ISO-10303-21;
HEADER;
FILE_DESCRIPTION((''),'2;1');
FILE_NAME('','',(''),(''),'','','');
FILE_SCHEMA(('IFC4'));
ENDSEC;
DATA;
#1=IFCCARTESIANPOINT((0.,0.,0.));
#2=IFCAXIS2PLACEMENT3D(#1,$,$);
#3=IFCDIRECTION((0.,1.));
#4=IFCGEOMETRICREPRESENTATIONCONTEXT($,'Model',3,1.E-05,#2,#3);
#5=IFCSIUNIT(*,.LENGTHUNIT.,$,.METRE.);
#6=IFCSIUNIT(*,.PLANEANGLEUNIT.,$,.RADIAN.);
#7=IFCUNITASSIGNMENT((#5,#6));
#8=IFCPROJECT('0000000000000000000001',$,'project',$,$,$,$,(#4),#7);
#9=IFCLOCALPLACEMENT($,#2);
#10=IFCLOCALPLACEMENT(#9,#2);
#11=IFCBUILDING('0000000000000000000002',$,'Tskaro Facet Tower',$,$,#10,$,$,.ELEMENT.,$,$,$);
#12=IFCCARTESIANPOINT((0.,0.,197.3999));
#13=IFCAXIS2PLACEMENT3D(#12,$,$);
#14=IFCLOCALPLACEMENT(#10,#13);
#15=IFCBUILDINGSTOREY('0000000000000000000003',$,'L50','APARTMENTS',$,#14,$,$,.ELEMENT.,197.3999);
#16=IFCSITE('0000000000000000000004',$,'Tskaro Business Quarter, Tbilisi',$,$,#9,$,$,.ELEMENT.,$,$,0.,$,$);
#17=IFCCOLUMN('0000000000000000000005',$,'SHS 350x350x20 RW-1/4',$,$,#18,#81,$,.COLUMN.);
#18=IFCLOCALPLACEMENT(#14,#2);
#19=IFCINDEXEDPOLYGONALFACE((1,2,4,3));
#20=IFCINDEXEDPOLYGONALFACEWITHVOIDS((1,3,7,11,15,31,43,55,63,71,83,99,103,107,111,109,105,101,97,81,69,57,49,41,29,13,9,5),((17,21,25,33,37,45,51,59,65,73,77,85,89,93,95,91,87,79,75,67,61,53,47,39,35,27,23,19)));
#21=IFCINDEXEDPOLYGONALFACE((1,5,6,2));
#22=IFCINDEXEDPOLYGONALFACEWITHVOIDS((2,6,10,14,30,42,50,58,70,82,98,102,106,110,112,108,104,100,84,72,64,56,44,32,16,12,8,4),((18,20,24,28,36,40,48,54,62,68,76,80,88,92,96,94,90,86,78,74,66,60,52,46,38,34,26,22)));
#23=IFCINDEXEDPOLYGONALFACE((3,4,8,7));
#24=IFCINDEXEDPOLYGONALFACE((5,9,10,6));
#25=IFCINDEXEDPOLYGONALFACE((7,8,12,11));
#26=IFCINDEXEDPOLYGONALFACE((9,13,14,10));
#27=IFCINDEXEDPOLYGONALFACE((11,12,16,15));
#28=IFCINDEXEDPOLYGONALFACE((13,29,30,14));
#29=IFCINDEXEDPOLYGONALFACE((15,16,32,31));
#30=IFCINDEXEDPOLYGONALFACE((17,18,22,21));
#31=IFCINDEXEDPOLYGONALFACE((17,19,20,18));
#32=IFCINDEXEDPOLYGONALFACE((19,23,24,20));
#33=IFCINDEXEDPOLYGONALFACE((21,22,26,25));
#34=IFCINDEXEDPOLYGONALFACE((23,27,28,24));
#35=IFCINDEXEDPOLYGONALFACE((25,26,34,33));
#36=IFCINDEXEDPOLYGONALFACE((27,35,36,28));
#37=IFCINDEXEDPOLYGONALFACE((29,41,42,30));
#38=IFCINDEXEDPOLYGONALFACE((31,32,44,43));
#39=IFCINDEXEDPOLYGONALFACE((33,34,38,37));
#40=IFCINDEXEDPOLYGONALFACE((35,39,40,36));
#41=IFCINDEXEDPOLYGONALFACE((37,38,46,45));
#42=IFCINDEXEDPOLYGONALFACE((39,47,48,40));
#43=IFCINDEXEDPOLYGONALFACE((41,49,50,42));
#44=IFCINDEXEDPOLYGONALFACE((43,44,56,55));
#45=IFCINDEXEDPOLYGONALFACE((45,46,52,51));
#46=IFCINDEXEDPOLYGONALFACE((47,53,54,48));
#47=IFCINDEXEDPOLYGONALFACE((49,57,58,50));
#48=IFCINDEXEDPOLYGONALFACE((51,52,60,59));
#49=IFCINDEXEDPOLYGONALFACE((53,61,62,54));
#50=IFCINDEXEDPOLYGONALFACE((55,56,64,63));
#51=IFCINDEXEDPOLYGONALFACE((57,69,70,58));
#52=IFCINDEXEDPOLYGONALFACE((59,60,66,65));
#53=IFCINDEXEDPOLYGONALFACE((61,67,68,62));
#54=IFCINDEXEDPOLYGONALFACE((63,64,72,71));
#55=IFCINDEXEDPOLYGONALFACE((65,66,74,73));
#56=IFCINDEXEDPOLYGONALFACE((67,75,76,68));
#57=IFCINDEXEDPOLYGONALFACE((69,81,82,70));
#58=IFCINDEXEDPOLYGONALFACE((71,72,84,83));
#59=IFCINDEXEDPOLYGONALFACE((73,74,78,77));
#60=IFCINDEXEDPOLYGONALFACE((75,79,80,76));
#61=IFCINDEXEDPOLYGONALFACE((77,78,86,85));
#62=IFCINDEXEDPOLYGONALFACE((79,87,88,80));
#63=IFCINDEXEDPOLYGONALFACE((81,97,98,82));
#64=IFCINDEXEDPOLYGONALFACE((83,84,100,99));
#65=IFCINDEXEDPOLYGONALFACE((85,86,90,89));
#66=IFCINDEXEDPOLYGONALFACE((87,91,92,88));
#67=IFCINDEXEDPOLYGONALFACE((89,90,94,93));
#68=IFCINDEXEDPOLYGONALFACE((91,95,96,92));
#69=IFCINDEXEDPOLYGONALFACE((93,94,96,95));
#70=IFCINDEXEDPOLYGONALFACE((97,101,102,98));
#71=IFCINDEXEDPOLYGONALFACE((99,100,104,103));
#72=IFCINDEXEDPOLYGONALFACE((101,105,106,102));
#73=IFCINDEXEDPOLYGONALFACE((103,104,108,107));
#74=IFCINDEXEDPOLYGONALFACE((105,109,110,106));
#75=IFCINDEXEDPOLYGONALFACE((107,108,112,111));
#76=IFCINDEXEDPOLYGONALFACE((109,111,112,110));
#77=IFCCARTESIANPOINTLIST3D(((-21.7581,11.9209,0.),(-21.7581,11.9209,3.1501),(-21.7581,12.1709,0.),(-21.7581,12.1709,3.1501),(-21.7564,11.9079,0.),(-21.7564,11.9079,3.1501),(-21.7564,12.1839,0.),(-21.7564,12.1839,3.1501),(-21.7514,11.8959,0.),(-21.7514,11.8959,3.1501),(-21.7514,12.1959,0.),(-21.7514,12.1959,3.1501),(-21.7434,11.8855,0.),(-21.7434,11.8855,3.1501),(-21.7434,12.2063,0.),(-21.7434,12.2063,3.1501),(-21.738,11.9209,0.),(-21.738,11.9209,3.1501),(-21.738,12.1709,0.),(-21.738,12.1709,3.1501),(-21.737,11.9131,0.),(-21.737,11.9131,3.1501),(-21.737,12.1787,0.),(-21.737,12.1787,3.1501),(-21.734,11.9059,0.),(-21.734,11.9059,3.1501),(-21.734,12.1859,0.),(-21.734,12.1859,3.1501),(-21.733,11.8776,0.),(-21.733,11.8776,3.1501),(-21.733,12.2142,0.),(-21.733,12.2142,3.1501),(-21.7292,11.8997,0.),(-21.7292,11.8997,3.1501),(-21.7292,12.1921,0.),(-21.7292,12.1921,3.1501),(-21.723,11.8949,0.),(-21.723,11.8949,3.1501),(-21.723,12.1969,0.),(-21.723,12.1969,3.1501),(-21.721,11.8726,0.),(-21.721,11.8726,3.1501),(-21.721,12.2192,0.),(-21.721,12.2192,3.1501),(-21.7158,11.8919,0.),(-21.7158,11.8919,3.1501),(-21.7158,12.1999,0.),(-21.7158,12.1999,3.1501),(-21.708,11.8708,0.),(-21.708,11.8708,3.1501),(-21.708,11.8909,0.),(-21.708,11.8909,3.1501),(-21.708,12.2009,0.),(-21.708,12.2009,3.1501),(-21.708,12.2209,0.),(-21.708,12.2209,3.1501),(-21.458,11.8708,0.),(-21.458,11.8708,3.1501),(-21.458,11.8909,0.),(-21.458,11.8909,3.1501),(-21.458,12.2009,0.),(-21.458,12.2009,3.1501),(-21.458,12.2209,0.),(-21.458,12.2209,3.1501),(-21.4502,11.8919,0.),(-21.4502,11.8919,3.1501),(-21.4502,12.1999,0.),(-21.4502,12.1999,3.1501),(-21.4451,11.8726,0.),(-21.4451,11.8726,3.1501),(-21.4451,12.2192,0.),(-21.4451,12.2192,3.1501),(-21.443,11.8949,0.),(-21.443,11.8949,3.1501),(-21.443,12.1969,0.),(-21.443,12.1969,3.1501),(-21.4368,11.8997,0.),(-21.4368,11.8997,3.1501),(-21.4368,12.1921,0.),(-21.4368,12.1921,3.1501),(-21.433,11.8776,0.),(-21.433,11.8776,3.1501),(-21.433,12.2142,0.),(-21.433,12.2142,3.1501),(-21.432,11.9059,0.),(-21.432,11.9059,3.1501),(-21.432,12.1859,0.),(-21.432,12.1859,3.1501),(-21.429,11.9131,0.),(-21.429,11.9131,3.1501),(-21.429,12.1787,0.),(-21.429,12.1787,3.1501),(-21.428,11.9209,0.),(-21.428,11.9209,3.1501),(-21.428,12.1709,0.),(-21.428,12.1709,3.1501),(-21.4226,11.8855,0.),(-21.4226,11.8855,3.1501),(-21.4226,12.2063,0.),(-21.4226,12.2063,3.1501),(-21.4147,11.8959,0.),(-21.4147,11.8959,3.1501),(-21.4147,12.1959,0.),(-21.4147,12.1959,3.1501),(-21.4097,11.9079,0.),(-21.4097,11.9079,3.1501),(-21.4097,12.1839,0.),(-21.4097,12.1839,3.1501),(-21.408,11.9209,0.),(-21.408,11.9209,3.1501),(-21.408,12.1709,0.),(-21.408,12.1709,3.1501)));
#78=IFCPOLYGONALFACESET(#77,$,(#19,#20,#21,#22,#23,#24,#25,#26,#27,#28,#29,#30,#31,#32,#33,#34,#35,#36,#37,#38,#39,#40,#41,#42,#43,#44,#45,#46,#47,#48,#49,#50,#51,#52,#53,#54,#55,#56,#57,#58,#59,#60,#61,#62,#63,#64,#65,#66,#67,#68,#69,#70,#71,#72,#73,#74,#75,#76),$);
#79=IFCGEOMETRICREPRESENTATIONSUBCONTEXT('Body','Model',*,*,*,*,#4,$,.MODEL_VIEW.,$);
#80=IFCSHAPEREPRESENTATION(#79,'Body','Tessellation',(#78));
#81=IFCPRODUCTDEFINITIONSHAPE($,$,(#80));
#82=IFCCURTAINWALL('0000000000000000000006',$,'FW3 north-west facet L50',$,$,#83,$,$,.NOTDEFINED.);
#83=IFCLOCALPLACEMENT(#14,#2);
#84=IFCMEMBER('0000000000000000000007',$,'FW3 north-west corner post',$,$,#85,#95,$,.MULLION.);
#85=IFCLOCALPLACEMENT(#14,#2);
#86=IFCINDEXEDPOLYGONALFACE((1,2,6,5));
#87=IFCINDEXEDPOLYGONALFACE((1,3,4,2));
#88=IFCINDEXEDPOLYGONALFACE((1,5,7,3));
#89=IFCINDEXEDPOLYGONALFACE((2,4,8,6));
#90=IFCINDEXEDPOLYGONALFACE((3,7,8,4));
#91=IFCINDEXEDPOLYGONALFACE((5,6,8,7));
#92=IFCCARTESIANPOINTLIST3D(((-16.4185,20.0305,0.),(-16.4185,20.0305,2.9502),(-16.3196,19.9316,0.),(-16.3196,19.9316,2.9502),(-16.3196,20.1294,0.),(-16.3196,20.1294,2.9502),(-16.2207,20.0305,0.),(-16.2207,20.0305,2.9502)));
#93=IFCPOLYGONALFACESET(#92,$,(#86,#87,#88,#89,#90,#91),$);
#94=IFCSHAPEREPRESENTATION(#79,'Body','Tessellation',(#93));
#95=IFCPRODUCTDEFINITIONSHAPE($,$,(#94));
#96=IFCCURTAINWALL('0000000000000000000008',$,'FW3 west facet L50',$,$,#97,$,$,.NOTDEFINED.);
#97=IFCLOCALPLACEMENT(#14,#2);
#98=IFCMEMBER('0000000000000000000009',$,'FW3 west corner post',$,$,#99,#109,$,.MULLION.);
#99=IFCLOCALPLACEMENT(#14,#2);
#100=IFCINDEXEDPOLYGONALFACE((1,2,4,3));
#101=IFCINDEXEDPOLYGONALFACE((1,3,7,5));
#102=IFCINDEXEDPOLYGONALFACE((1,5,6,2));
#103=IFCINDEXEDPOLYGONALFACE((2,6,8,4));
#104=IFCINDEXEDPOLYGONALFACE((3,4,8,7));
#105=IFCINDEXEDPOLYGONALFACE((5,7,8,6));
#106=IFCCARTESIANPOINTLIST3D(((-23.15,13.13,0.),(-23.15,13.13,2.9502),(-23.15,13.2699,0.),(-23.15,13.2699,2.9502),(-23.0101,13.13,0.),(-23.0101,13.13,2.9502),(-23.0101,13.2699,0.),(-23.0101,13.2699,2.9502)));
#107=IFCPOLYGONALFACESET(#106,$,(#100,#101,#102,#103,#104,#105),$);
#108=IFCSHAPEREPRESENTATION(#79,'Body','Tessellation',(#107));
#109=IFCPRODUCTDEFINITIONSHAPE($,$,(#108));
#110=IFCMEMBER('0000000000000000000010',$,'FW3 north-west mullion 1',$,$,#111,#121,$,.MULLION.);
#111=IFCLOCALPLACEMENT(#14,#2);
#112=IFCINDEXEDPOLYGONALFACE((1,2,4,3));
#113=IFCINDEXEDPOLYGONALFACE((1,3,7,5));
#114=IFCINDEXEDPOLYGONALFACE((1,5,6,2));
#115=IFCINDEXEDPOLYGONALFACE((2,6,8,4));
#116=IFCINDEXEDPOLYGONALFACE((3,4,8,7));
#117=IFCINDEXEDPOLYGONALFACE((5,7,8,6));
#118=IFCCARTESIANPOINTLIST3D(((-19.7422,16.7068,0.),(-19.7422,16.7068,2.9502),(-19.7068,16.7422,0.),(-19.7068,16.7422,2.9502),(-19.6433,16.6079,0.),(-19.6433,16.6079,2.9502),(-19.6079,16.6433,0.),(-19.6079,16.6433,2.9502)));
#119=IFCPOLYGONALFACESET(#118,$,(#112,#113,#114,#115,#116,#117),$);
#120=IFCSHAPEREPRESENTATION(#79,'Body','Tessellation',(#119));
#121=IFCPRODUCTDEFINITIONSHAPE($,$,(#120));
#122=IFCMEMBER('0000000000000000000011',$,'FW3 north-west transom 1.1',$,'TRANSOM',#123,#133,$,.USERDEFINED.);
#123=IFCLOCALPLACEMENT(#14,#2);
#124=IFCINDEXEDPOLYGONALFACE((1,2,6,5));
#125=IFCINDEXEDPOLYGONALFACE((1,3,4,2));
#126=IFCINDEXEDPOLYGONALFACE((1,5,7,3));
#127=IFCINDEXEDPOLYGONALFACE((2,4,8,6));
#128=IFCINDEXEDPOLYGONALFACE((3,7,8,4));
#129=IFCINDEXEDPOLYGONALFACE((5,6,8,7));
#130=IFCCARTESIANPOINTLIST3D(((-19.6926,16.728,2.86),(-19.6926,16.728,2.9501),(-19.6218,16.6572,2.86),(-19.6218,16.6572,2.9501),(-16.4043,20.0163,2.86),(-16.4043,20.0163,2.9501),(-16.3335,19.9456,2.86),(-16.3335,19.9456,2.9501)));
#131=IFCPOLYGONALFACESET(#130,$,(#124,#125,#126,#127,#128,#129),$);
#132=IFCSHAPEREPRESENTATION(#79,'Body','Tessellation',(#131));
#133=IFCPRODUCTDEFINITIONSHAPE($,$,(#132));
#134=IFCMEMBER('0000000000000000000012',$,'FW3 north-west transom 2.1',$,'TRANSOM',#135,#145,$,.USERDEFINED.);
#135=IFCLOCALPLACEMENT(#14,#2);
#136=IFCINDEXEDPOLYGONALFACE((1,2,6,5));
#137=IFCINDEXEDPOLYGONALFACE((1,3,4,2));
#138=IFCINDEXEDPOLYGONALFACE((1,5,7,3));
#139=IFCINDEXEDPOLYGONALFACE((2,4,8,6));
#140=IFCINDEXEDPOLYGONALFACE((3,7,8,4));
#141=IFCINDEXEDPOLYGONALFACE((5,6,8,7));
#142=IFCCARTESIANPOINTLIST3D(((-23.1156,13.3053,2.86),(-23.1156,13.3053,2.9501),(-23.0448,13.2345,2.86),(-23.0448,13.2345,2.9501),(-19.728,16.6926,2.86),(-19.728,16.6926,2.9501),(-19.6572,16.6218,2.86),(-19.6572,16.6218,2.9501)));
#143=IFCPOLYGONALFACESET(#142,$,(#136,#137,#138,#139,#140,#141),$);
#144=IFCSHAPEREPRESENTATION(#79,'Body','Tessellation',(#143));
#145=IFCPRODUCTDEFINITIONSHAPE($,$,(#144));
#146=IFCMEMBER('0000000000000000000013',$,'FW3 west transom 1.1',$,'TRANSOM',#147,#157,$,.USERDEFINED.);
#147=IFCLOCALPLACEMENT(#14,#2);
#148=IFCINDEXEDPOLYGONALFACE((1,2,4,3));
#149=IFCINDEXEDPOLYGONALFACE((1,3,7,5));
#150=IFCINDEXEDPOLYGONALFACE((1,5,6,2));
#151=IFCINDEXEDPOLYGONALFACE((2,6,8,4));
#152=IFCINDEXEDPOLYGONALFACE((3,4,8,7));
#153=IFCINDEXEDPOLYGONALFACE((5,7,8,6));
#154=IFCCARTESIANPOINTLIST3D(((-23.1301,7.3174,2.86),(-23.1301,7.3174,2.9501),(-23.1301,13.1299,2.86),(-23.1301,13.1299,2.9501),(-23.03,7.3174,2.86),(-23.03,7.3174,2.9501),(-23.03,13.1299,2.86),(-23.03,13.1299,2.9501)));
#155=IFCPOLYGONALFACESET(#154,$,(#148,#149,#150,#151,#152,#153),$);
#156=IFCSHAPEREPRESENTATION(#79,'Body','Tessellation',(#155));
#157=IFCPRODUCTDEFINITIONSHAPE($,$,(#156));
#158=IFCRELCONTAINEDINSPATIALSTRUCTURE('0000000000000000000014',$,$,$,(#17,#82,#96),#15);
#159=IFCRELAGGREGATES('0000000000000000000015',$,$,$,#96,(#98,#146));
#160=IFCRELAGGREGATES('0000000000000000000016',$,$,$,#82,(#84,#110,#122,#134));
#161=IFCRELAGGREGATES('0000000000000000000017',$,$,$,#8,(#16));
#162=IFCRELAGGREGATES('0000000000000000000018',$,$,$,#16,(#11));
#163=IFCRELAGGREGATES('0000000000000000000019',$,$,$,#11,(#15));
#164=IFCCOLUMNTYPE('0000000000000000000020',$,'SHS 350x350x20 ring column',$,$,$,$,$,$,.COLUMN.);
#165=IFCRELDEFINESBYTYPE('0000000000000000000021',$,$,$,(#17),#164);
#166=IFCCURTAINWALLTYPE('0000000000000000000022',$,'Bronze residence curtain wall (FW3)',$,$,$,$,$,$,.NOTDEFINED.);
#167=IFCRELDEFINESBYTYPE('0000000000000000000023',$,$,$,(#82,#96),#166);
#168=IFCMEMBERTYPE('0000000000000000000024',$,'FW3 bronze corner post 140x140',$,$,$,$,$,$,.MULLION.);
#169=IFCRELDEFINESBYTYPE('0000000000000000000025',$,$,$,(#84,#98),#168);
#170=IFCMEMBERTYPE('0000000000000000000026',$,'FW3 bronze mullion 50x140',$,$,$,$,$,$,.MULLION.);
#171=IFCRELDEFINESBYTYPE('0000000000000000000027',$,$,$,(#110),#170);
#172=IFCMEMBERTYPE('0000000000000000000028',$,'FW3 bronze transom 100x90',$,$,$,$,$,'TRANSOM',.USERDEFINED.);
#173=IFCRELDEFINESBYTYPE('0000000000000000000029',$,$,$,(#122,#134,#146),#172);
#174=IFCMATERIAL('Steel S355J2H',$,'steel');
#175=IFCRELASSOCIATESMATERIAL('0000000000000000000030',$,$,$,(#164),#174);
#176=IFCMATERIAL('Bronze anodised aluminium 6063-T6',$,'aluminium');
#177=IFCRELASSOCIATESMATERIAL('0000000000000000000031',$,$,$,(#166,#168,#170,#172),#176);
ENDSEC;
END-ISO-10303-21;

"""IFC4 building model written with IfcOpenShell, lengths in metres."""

from ifc_helpers import new_model, si_unit, direction, frame, origin, origin_2d, place, context, subcontext, project, spatial, rectangle, hollow_rectangle, extrude, material, material_profile, profile_set, type_object, element, aggregate, save


model = new_model("IFC4")

# Units and contexts
model_context = context("Model", 3, precision=1e-05, world=origin(), true_north=direction((0.0, 1.0)))
body_context = subcontext(model_context, "Body", "Model", "MODEL_VIEW")
ifc_project = project(units=[si_unit("LENGTHUNIT", "METRE"), si_unit("PLANEANGLEUNIT", "RADIAN")], contexts=[model_context])

# Site, building, storey
site_placement = place(None, origin())
site = spatial("IfcSite", under=ifc_project, at=site_placement, Name="Tskaro Business Quarter, Tbilisi", CompositionType="ELEMENT", RefElevation=0.0)
building_placement = place(site_placement, origin())
building = spatial("IfcBuilding", under=site, at=building_placement, Name="Tskaro Facet Tower", CompositionType="ELEMENT")
storey_placement = place(building_placement, frame((0.0, 0.0, 197.3999)))
storey = spatial("IfcBuildingStorey", under=building, at=storey_placement, Name="L50", Description="APARTMENTS", CompositionType="ELEMENT", Elevation=197.3999)

# Column
ifc_material_1 = material(Name="Steel S355J2H", Category="steel")
ifc_material_profile_1 = material_profile(ifc_material_1, hollow_rectangle(XDim=0.3501, YDim=0.3501, WallThickness=0.02, InnerFilletRadius=0.03, OuterFilletRadius=0.05, at=origin_2d()), Name="SHS 350x350x20")
ifc_profile_set_1 = profile_set([ifc_material_profile_1], Name="Steel S355J2H")
column_type_1 = type_object("IfcColumnType", Name="SHS 350x350x20 ring column", PredefinedType="COLUMN", material=ifc_profile_set_1)
for number, where, z_axis, x_axis, name in (
    (1, (-21.583, 12.0459, 0.0), (0.0, 0.0, 1.0), (1.0, 0.0, 0.0), "SHS 350x350x20 RW-1/4"),
):
    element("IfcColumn", number, at=place(storey_placement, frame(where, z_axis=z_axis, x_axis=x_axis)), inside=storey, type_object=column_type_1, Name=name, PredefinedType="COLUMN", context=body_context, shape_type="SweptSolid", body=[
        extrude(hollow_rectangle(XDim=0.3501, YDim=0.3501, WallThickness=0.02, InnerFilletRadius=0.03, OuterFilletRadius=0.05, at=origin_2d()), origin(), (0.0, 0.0, 1.0), 3.1501),
    ])

# Curtain walls, members
ifc_material_2 = material(Name="Bronze anodised aluminium 6063-T6", Category="aluminium")
curtain_wall_type = type_object("IfcCurtainWallType", Name="Bronze residence curtain wall (FW3)", PredefinedType="NOTDEFINED", material=ifc_material_2)
curtain_wall_1_placement = place(storey_placement, origin())
curtain_wall_1 = element("IfcCurtainWall", 2, at=curtain_wall_1_placement, inside=storey, type_object=curtain_wall_type, Name="FW3 north-west facet L50", PredefinedType="NOTDEFINED")
ifc_material_profile_2 = material_profile(ifc_material_2, rectangle(XDim=0.1399, YDim=0.1399, at=origin_2d()), Name="Corner post 140x140")
ifc_profile_set_2 = profile_set([ifc_material_profile_2], Name="Bronze anodised aluminium 6063-T6")
member_type_1 = type_object("IfcMemberType", Name="FW3 bronze corner post 140x140", PredefinedType="MULLION", material=ifc_profile_set_2)
member_1_placement = place(storey_placement, frame((-16.3196, 20.0305, 0.0), z_axis=(0.0, 0.0, 1.0), x_axis=(-0.707107, -0.707107, 0.0)))
member_1 = element("IfcMember", 3, at=member_1_placement, type_object=member_type_1, Name="FW3 north-west corner post", PredefinedType="MULLION", context=body_context, shape_type="SweptSolid", body=[
    extrude(rectangle(XDim=0.1399, YDim=0.1399, at=origin_2d()), origin(), (0.0, 0.0, 1.0), 2.9502),
])
curtain_wall_2_placement = place(storey_placement, origin())
curtain_wall_2 = element("IfcCurtainWall", 4, at=curtain_wall_2_placement, inside=storey, type_object=curtain_wall_type, Name="FW3 west facet L50", PredefinedType="NOTDEFINED")
member_2_placement = place(storey_placement, frame((-23.0801, 13.2, 0.0), z_axis=(0.0, 0.0, 1.0), x_axis=(0.0, -1.0, 0.0)))
member_2 = element("IfcMember", 5, at=member_2_placement, type_object=member_type_1, Name="FW3 west corner post", PredefinedType="MULLION", context=body_context, shape_type="SweptSolid", body=[
    extrude(rectangle(XDim=0.1399, YDim=0.1399, at=origin_2d()), origin(), (0.0, 0.0, 1.0), 2.9502),
])

# Members
ifc_material_profile_3 = material_profile(ifc_material_2, rectangle(XDim=0.05, YDim=0.1399, at=origin_2d()), Name="Mullion 50x140")
ifc_profile_set_3 = profile_set([ifc_material_profile_3], Name="Bronze anodised aluminium 6063-T6")
member_type_2 = type_object("IfcMemberType", Name="FW3 bronze mullion 50x140", PredefinedType="MULLION", material=ifc_profile_set_3)
member_3_placement = place(storey_placement, frame((-19.675, 16.675, 0.0), z_axis=(0.0, 0.0, 1.0), x_axis=(-0.707107, -0.707107, 0.0)))
member_3 = element("IfcMember", 6, at=member_3_placement, type_object=member_type_2, Name="FW3 north-west mullion 1", PredefinedType="MULLION", context=body_context, shape_type="SweptSolid", body=[
    extrude(rectangle(XDim=0.05, YDim=0.1399, at=origin_2d()), origin(), (0.0, 0.0, 1.0), 2.9502),
])
ifc_material_profile_4 = material_profile(ifc_material_2, rectangle(XDim=0.1001, YDim=0.0901, at=origin_2d()), Name="Transom 100x90")
ifc_profile_set_4 = profile_set([ifc_material_profile_4], Name="Bronze anodised aluminium 6063-T6")
member_type_3 = type_object("IfcMemberType", Name="FW3 bronze transom 100x90", ElementType="TRANSOM", PredefinedType="USERDEFINED", material=ifc_profile_set_4)
member_4_placement = place(storey_placement, frame((-16.3689, 19.981, 2.905), z_axis=(-0.707107, -0.707107, 0.0), x_axis=(0.707107, -0.707107, 0.0)))
member_4 = element("IfcMember", 7, at=member_4_placement, type_object=member_type_3, Name="FW3 north-west transom 1.1", ObjectType="TRANSOM", PredefinedType="USERDEFINED", context=body_context, shape_type="SweptSolid", body=[
    extrude(rectangle(XDim=0.1001, YDim=0.0901, at=origin_2d()), origin(), (0.0, 0.0, 1.0), 4.6504),
])
member_5_placement = place(storey_placement, frame((-19.6926, 16.6572, 2.905), z_axis=(-0.707132, -0.707081, 0.0), x_axis=(0.707081, -0.707132, 0.0)))
member_5 = element("IfcMember", 8, at=member_5_placement, type_object=member_type_3, Name="FW3 north-west transom 2.1", ObjectType="TRANSOM", PredefinedType="USERDEFINED", context=body_context, shape_type="SweptSolid", body=[
    extrude(rectangle(XDim=0.1001, YDim=0.0901, at=origin_2d()), origin(), (0.0, 0.0, 1.0), 4.7905),
])
member_6_placement = place(storey_placement, frame((-23.0801, 13.1299, 2.905), z_axis=(0.0, -1.0, 0.0), x_axis=(1.0, 0.0, 0.0)))
member_6 = element("IfcMember", 9, at=member_6_placement, type_object=member_type_3, Name="FW3 west transom 1.1", ObjectType="TRANSOM", PredefinedType="USERDEFINED", context=body_context, shape_type="SweptSolid", body=[
    extrude(rectangle(XDim=0.1001, YDim=0.0901, at=origin_2d()), origin(), (0.0, 0.0, 1.0), 5.8125),
])
aggregate(curtain_wall_2, [member_2, member_6])

aggregate(curtain_wall_1, [member_1, member_3, member_4, member_5])

save(model, "model.ifc")
